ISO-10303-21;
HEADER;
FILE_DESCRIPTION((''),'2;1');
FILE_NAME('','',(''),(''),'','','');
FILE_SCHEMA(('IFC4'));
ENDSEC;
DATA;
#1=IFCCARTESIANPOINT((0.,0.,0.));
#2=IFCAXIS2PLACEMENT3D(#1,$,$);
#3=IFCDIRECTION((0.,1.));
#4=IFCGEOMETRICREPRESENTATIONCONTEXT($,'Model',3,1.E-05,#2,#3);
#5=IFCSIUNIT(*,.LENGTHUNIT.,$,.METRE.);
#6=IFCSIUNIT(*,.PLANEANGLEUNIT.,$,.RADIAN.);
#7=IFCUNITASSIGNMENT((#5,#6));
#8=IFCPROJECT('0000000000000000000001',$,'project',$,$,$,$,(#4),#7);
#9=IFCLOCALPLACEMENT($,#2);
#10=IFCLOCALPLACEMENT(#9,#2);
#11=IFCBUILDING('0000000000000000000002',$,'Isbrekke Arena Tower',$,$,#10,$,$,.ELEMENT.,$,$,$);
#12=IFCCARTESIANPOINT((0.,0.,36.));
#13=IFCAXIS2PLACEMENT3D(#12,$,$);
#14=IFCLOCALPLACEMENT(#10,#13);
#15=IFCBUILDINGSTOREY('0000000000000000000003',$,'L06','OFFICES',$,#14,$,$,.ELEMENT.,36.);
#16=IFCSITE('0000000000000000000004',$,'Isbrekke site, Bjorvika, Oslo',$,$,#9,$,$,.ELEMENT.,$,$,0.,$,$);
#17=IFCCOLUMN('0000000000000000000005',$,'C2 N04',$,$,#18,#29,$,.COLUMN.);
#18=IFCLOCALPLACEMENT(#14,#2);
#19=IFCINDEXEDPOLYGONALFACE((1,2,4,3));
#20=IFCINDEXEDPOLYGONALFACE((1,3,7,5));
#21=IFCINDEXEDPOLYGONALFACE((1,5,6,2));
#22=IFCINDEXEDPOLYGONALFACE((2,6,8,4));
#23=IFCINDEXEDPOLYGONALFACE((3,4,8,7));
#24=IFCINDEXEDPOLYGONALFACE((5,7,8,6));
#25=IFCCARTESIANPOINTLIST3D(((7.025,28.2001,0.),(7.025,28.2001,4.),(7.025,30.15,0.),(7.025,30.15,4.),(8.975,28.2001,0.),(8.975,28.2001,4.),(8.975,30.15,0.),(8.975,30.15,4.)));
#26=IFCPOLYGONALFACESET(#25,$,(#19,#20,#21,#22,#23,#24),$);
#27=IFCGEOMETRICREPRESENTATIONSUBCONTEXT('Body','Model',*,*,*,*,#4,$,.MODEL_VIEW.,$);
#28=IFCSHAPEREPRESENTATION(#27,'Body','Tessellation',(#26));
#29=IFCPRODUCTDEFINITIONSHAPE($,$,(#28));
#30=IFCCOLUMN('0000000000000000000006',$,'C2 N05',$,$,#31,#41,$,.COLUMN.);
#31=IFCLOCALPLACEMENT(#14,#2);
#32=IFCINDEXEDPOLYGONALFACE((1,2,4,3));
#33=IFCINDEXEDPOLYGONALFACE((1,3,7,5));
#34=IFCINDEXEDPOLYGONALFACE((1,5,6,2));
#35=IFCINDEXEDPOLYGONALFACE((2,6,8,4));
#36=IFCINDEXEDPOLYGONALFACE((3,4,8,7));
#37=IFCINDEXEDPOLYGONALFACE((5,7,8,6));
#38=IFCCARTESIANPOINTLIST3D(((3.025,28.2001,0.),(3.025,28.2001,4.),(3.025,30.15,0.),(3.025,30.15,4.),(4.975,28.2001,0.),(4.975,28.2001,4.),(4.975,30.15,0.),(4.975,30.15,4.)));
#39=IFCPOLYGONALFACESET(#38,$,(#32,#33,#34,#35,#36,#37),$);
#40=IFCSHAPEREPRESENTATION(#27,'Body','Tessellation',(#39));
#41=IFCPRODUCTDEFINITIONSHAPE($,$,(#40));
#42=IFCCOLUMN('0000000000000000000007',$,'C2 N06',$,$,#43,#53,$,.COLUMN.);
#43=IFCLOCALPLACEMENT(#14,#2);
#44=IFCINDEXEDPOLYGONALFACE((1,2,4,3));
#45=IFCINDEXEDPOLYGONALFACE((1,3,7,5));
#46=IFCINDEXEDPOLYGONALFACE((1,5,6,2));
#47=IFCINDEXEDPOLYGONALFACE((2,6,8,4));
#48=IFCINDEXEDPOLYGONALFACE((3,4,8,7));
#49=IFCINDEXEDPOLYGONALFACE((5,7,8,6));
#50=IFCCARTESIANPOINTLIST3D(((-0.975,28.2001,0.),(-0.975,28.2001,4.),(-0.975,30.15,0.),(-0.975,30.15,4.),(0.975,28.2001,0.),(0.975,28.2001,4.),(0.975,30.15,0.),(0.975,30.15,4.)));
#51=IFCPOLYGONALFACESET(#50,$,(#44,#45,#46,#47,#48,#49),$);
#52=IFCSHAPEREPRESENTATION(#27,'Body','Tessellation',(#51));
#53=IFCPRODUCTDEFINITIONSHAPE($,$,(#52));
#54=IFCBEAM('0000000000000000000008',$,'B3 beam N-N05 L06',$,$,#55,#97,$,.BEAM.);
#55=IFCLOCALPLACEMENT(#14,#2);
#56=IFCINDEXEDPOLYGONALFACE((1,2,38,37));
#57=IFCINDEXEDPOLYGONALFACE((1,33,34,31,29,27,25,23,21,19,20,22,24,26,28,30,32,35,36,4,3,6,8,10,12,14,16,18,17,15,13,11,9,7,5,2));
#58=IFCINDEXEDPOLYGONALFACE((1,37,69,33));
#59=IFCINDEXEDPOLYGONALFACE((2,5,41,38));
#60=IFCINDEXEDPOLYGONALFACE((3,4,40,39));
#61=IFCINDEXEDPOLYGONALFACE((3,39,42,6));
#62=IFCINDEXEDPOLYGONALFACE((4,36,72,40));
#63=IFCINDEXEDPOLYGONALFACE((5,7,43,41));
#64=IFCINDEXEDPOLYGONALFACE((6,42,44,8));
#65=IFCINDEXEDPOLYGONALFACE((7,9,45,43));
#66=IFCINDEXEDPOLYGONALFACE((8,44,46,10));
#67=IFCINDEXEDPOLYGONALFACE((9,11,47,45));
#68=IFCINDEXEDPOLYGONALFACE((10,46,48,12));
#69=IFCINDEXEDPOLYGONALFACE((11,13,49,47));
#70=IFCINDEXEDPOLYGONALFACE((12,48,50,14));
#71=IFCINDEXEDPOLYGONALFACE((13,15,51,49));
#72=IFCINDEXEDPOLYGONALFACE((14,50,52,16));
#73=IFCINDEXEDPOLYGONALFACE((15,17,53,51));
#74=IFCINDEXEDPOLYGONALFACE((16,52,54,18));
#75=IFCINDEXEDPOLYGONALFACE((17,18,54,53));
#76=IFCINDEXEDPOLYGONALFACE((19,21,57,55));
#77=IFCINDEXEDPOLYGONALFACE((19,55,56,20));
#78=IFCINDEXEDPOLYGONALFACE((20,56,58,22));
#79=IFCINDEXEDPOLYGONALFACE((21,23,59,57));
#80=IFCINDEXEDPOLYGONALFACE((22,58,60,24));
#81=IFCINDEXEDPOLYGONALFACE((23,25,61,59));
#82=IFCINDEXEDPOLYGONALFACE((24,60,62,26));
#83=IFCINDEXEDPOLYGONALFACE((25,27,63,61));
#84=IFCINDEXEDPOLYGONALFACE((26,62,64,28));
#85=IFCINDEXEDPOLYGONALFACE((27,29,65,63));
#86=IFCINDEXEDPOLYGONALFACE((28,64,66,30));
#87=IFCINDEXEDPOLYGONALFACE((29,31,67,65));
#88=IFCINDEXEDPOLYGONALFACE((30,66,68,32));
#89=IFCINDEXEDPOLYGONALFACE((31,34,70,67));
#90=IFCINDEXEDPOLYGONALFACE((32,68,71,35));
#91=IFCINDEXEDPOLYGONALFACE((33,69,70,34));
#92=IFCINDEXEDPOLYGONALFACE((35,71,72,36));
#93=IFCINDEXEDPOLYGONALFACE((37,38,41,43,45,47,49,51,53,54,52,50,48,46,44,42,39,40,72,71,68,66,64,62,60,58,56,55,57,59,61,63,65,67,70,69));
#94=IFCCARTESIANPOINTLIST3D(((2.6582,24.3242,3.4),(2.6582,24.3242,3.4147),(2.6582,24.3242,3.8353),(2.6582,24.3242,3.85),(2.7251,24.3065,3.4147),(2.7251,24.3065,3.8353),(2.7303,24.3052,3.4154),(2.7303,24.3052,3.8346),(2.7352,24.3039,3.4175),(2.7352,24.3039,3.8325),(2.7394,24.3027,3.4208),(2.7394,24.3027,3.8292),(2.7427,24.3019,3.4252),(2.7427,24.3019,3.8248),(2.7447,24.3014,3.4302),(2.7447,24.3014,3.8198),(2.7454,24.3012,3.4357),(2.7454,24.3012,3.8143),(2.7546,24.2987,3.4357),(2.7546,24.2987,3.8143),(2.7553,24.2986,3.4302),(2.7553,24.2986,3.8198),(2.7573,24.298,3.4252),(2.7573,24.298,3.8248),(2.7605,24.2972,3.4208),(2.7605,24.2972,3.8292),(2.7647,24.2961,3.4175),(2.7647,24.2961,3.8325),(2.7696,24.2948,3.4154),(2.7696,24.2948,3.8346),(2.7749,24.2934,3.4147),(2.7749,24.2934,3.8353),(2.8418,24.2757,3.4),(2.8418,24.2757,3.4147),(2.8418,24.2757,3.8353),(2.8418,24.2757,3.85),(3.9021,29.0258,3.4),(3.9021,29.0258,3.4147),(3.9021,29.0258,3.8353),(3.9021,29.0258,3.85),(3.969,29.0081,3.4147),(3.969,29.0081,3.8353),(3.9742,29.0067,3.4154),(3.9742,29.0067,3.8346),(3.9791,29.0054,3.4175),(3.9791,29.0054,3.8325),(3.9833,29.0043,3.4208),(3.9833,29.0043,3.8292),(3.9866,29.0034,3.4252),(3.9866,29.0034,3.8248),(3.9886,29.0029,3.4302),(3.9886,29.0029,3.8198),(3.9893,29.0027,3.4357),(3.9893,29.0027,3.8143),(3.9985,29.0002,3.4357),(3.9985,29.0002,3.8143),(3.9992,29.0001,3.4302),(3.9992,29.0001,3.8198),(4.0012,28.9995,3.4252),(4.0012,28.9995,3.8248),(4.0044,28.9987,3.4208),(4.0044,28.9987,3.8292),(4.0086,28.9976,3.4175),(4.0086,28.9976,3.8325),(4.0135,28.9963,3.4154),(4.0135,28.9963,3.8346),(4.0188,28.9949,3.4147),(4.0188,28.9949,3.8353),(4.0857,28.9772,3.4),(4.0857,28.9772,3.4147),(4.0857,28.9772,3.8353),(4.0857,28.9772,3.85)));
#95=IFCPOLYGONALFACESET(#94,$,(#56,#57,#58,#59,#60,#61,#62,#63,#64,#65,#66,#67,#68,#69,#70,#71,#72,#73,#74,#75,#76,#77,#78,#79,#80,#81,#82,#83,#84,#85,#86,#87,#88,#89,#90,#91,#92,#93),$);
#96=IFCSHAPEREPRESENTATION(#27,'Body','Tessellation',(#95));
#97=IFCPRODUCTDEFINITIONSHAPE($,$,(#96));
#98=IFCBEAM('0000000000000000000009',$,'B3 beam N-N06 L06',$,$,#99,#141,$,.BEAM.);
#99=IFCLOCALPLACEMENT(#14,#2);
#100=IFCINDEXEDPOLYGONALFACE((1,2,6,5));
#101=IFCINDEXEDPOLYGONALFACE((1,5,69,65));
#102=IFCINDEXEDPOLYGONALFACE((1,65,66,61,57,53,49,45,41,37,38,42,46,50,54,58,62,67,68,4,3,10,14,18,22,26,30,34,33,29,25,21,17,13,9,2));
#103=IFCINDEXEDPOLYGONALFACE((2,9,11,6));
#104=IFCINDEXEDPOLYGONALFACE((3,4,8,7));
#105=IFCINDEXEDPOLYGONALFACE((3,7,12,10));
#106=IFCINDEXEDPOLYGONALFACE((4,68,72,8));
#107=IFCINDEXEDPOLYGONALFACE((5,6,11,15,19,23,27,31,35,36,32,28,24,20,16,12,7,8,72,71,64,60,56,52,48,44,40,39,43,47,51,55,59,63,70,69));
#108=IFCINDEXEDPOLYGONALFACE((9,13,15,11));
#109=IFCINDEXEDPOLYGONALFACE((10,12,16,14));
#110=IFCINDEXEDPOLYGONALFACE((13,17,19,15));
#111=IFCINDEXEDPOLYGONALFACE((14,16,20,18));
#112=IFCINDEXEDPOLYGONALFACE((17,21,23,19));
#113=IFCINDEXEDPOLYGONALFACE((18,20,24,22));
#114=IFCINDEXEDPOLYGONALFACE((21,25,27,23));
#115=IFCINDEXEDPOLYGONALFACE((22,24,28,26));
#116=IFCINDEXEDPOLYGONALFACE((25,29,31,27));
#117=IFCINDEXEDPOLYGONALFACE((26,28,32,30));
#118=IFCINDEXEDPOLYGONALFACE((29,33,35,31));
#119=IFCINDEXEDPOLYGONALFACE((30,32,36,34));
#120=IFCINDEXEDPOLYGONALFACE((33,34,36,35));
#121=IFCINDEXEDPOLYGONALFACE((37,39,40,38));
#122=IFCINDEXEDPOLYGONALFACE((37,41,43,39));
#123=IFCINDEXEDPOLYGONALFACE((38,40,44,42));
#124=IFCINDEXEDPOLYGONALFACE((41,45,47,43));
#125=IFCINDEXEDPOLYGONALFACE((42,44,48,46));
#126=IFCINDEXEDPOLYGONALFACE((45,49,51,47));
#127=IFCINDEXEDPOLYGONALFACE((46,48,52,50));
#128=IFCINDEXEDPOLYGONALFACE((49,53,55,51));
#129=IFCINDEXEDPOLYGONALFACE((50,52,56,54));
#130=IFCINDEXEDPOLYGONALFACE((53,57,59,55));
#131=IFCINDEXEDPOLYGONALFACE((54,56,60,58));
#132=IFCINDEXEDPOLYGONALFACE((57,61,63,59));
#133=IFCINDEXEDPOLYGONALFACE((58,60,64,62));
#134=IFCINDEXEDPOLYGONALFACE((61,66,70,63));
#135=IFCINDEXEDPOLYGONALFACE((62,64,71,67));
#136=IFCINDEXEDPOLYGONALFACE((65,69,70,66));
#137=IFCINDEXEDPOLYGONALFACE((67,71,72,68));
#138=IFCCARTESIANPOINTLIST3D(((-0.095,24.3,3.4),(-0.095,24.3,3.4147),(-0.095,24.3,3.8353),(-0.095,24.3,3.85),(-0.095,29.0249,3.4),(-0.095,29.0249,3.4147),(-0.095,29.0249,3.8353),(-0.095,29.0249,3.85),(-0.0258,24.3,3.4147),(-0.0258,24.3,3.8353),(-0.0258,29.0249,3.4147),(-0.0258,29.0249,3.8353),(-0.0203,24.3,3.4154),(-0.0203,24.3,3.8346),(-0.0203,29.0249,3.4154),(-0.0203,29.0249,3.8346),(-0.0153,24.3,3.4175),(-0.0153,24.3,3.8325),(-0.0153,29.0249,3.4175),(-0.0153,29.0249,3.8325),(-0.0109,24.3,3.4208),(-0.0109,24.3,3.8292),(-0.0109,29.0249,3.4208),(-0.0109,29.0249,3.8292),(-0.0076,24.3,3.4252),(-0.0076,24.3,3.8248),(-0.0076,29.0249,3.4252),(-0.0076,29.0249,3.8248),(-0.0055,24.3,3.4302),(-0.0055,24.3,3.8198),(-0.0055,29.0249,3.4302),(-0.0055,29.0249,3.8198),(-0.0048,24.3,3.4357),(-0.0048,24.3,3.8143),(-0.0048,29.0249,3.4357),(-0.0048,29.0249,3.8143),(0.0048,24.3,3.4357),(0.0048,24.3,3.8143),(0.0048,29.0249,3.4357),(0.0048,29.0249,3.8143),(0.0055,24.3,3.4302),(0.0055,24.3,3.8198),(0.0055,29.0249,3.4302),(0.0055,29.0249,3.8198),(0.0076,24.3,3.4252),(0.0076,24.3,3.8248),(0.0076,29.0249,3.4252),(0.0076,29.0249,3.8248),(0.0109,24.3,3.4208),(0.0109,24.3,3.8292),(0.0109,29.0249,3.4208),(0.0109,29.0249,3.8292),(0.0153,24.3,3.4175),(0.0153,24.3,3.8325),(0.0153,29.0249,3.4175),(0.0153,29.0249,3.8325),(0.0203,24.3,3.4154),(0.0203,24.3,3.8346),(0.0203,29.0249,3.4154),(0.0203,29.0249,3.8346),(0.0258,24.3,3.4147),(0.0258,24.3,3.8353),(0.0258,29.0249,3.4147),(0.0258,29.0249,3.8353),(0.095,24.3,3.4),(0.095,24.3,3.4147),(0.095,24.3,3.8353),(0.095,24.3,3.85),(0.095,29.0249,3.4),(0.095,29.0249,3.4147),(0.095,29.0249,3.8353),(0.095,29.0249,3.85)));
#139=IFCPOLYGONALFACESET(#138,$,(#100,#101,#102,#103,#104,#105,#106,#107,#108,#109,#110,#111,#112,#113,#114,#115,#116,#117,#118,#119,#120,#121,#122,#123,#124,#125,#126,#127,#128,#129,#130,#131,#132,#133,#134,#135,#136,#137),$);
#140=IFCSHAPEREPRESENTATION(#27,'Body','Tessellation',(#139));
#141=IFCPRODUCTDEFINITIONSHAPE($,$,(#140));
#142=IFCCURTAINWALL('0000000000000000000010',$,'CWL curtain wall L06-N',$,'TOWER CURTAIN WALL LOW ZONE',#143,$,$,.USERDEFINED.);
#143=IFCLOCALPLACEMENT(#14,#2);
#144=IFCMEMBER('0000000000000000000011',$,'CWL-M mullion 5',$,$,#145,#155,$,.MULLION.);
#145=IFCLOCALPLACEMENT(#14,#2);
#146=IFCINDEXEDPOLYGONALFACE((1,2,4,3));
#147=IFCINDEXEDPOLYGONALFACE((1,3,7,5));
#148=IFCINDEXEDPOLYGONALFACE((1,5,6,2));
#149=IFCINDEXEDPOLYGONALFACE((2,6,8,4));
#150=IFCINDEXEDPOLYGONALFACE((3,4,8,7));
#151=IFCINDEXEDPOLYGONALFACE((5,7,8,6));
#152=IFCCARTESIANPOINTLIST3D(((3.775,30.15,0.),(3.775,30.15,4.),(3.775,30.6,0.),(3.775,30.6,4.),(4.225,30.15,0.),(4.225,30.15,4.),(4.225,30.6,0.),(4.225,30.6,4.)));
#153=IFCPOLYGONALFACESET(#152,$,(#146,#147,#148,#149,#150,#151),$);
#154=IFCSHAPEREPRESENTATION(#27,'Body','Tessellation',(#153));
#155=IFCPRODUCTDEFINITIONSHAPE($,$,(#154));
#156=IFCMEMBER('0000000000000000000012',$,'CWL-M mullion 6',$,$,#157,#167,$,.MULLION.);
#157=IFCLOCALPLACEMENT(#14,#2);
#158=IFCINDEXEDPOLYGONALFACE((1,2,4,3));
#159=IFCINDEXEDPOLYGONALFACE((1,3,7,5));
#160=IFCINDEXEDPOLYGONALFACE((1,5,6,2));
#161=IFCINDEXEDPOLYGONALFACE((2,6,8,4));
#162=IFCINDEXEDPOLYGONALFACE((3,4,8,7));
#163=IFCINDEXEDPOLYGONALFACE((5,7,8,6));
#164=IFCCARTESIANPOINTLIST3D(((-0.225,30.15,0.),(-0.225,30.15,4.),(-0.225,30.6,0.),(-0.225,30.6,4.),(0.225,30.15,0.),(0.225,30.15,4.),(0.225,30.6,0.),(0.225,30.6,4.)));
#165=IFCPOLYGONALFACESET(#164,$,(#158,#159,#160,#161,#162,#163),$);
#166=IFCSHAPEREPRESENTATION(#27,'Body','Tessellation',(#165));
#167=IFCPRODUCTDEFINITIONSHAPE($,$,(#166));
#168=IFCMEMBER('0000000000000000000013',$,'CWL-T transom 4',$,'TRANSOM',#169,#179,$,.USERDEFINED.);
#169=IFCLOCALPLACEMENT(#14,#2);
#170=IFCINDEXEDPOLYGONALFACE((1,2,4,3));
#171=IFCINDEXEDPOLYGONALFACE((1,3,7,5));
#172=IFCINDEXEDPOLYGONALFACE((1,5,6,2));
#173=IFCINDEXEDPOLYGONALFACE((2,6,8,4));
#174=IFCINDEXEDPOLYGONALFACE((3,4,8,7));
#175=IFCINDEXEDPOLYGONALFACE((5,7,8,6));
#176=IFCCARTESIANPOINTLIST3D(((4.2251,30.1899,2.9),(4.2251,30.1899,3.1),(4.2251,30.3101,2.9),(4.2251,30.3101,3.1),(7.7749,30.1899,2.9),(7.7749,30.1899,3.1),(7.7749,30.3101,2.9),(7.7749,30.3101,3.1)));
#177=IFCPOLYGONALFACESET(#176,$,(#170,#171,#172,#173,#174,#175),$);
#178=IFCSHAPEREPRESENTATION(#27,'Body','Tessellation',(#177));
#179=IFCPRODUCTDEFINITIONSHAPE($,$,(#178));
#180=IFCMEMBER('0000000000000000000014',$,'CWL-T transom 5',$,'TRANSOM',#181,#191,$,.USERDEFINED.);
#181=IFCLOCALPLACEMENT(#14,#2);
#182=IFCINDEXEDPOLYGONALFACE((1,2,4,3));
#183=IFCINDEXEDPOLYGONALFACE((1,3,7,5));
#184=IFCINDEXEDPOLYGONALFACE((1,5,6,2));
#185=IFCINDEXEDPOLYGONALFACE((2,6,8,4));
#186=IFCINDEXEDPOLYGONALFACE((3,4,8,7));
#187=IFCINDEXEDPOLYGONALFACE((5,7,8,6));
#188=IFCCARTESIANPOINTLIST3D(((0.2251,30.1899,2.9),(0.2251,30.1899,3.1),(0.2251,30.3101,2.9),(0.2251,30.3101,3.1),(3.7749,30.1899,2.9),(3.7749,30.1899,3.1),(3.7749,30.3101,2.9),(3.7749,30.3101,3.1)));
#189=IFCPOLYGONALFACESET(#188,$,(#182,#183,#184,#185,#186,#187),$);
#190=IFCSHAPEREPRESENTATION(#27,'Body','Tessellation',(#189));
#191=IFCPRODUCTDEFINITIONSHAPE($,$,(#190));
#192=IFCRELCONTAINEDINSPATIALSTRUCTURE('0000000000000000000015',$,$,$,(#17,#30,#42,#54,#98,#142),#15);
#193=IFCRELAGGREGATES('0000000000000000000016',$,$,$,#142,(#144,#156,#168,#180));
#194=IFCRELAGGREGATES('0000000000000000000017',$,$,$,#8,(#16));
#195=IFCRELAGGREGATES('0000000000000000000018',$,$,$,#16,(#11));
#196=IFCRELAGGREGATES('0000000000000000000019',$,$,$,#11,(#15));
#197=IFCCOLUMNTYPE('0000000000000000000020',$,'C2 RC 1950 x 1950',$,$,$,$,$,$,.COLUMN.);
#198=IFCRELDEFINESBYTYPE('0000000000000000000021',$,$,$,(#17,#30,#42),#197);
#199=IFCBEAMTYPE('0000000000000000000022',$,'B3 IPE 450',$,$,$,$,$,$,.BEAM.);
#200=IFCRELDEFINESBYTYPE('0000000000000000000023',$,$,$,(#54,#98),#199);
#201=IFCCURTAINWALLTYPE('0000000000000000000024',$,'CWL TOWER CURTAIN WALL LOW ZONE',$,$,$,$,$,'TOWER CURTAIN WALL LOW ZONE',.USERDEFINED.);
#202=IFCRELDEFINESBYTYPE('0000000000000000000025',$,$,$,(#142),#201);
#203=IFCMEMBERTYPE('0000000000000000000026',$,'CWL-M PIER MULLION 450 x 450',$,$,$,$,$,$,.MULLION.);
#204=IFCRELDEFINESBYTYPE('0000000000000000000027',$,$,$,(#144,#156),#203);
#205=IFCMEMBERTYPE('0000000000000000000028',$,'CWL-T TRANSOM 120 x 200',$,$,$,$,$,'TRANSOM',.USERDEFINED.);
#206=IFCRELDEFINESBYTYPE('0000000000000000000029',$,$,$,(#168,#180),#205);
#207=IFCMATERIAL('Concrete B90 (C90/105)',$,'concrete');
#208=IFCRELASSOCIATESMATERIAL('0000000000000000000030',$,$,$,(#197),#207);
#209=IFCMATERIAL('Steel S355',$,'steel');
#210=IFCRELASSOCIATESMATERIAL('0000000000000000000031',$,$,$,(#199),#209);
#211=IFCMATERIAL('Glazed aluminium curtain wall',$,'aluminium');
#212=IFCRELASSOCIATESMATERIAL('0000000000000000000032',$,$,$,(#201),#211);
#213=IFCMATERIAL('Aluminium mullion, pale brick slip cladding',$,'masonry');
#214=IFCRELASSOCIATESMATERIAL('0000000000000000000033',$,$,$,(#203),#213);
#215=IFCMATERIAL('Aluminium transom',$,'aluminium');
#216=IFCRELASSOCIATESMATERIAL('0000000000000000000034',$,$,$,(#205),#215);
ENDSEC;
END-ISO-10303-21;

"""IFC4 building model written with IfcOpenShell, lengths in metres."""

from ifc_helpers import new_model, si_unit, direction, frame, origin, origin_2d, place, context, subcontext, project, spatial, rectangle, i_section, extrude, material, material_profile, profile_set, type_object, element, aggregate, save


model = new_model("IFC4")

# Units and contexts
model_context = context("Model", 3, precision=1e-05, world=origin(), true_north=direction((0.0, 1.0)))
body_context = subcontext(model_context, "Body", "Model", "MODEL_VIEW")
ifc_project = project(units=[si_unit("LENGTHUNIT", "METRE"), si_unit("PLANEANGLEUNIT", "RADIAN")], contexts=[model_context])

# Site, building, storey
site_placement = place(None, origin())
site = spatial("IfcSite", under=ifc_project, at=site_placement, Name="Isbrekke site, Bjorvika, Oslo", CompositionType="ELEMENT", RefElevation=0.0)
building_placement = place(site_placement, origin())
building = spatial("IfcBuilding", under=site, at=building_placement, Name="Isbrekke Arena Tower", CompositionType="ELEMENT")
storey_placement = place(building_placement, frame((0.0, 0.0, 36.0)))
storey = spatial("IfcBuildingStorey", under=building, at=storey_placement, Name="L06", Description="OFFICES", CompositionType="ELEMENT", Elevation=36.0)

# Columns
ifc_material_1 = material(Name="Concrete B90 (C90/105)", Category="concrete")
ifc_material_profile_1 = material_profile(ifc_material_1, rectangle(XDim=1.95, YDim=1.95, at=origin_2d()), Name="RC 1950x1950")
ifc_profile_set_1 = profile_set([ifc_material_profile_1], Name="Concrete B90 (C90/105)")
column_type = type_object("IfcColumnType", Name="C2 RC 1950 x 1950", PredefinedType="COLUMN", material=ifc_profile_set_1)
for number, where, z_axis, x_axis, name in (
    (1, (8.0, 29.175, 0.0), (0.0, 0.0, 1.0), (-1.0, 0.0, 0.0), "C2 N04"),
    (2, (4.0, 29.175, 0.0), (0.0, 0.0, 1.0), (-1.0, 0.0, 0.0), "C2 N05"),
    (3, (0.0, 29.175, 0.0), (0.0, 0.0, 1.0), (-1.0, 0.0, 0.0), "C2 N06"),
):
    element("IfcColumn", number, at=place(storey_placement, frame(where, z_axis=z_axis, x_axis=x_axis)), inside=storey, type_object=column_type, Name=name, PredefinedType="COLUMN", context=body_context, shape_type="SweptSolid", body=[
        extrude(rectangle(XDim=1.95, YDim=1.95, at=origin_2d()), origin(), (0.0, 0.0, 1.0), 4.0),
    ])

# Beams
ifc_material_2 = material(Name="Steel S355", Category="steel")
ifc_material_profile_2 = material_profile(ifc_material_2, i_section(OverallWidth=0.1899, OverallDepth=0.45, WebThickness=0.0095, FlangeThickness=0.0146, FilletRadius=0.021, at=origin_2d()), Name="IPE 450")
ifc_profile_set_2 = profile_set([ifc_material_profile_2], Name="Steel S355")
beam_type_1 = type_object("IfcBeamType", Name="B3 IPE 450", PredefinedType="BEAM", material=ifc_profile_set_2)
beam_1_placement = place(storey_placement, frame((3.9939, 29.0015, 3.625), z_axis=(-0.255778, -0.966736, 0.0), x_axis=(0.966736, -0.255778, 0.0)))
element("IfcBeam", 4, at=beam_1_placement, inside=storey, type_object=beam_type_1, Name="B3 beam N-N05 L06", PredefinedType="BEAM", context=body_context, shape_type="SweptSolid", body=[
    extrude(i_section(OverallWidth=0.1899, OverallDepth=0.45, WebThickness=0.0095, FlangeThickness=0.0146, FilletRadius=0.021, at=origin_2d()), origin(), (0.0, 0.0, 1.0), 4.8633),
])
beam_2_placement = place(storey_placement, frame((0.0, 29.0249, 3.625), z_axis=(0.0, -1.0, 0.0), x_axis=(1.0, 0.0, 0.0)))
element("IfcBeam", 5, at=beam_2_placement, inside=storey, type_object=beam_type_1, Name="B3 beam N-N06 L06", PredefinedType="BEAM", context=body_context, shape_type="SweptSolid", body=[
    extrude(i_section(OverallWidth=0.1899, OverallDepth=0.45, WebThickness=0.0095, FlangeThickness=0.0146, FilletRadius=0.021, at=origin_2d()), origin(), (0.0, 0.0, 1.0), 4.7249),
])

# Curtain wall, members
ifc_material_3 = material(Name="Glazed aluminium curtain wall", Category="aluminium")
curtain_wall_type = type_object("IfcCurtainWallType", Name="CWL TOWER CURTAIN WALL LOW ZONE", ElementType="TOWER CURTAIN WALL LOW ZONE", PredefinedType="USERDEFINED", material=ifc_material_3)
curtain_wall_placement = place(storey_placement, origin())
curtain_wall = element("IfcCurtainWall", 6, at=curtain_wall_placement, inside=storey, type_object=curtain_wall_type, Name="CWL curtain wall L06-N", ObjectType="TOWER CURTAIN WALL LOW ZONE", PredefinedType="USERDEFINED")
ifc_material_4 = material(Name="Aluminium mullion, pale brick slip cladding", Category="masonry")
ifc_material_profile_3 = material_profile(ifc_material_4, rectangle(XDim=0.45, YDim=0.45, at=origin_2d()), Name="PIER 450X450")
ifc_profile_set_3 = profile_set([ifc_material_profile_3], Name="Aluminium mullion, pale brick slip cladding")
member_type_1 = type_object("IfcMemberType", Name="CWL-M PIER MULLION 450 x 450", PredefinedType="MULLION", material=ifc_profile_set_3)
member_1_placement = place(storey_placement, frame((4.0, 30.375, 0.0), z_axis=(0.0, 0.0, 1.0), x_axis=(-1.0, 0.0, 0.0)))
member_1 = element("IfcMember", 7, at=member_1_placement, type_object=member_type_1, Name="CWL-M mullion 5", PredefinedType="MULLION", context=body_context, shape_type="SweptSolid", body=[
    extrude(rectangle(XDim=0.45, YDim=0.45, at=origin_2d()), origin(), (0.0, 0.0, 1.0), 4.0),
])
member_2_placement = place(storey_placement, frame((0.0, 30.375, 0.0), z_axis=(0.0, 0.0, 1.0), x_axis=(-1.0, 0.0, 0.0)))
member_2 = element("IfcMember", 8, at=member_2_placement, type_object=member_type_1, Name="CWL-M mullion 6", PredefinedType="MULLION", context=body_context, shape_type="SweptSolid", body=[
    extrude(rectangle(XDim=0.45, YDim=0.45, at=origin_2d()), origin(), (0.0, 0.0, 1.0), 4.0),
])
ifc_material_5 = material(Name="Aluminium transom", Category="aluminium")
ifc_material_profile_4 = material_profile(ifc_material_5, rectangle(XDim=0.1201, YDim=0.2, at=origin_2d()), Name="TRANSOM 120X200")
ifc_profile_set_4 = profile_set([ifc_material_profile_4], Name="Aluminium transom")
member_type_2 = type_object("IfcMemberType", Name="CWL-T TRANSOM 120 x 200", ElementType="TRANSOM", PredefinedType="USERDEFINED", material=ifc_profile_set_4)
member_3_placement = place(storey_placement, frame((7.7749, 30.25, 3.0), z_axis=(-1.0, 0.0, 0.0), x_axis=(0.0, -1.0, 0.0)))
member_3 = element("IfcMember", 9, at=member_3_placement, type_object=member_type_2, Name="CWL-T transom 4", ObjectType="TRANSOM", PredefinedType="USERDEFINED", context=body_context, shape_type="SweptSolid", body=[
    extrude(rectangle(XDim=0.1201, YDim=0.2, at=origin_2d()), origin(), (0.0, 0.0, 1.0), 3.5498),
])
member_4_placement = place(storey_placement, frame((3.7749, 30.25, 3.0), z_axis=(-1.0, 0.0, 0.0), x_axis=(0.0, -1.0, 0.0)))
member_4 = element("IfcMember", 10, at=member_4_placement, type_object=member_type_2, Name="CWL-T transom 5", ObjectType="TRANSOM", PredefinedType="USERDEFINED", context=body_context, shape_type="SweptSolid", body=[
    extrude(rectangle(XDim=0.1201, YDim=0.2, at=origin_2d()), origin(), (0.0, 0.0, 1.0), 3.5498),
])

aggregate(curtain_wall, [member_1, member_2, member_3, member_4])

save(model, "model.ifc")
